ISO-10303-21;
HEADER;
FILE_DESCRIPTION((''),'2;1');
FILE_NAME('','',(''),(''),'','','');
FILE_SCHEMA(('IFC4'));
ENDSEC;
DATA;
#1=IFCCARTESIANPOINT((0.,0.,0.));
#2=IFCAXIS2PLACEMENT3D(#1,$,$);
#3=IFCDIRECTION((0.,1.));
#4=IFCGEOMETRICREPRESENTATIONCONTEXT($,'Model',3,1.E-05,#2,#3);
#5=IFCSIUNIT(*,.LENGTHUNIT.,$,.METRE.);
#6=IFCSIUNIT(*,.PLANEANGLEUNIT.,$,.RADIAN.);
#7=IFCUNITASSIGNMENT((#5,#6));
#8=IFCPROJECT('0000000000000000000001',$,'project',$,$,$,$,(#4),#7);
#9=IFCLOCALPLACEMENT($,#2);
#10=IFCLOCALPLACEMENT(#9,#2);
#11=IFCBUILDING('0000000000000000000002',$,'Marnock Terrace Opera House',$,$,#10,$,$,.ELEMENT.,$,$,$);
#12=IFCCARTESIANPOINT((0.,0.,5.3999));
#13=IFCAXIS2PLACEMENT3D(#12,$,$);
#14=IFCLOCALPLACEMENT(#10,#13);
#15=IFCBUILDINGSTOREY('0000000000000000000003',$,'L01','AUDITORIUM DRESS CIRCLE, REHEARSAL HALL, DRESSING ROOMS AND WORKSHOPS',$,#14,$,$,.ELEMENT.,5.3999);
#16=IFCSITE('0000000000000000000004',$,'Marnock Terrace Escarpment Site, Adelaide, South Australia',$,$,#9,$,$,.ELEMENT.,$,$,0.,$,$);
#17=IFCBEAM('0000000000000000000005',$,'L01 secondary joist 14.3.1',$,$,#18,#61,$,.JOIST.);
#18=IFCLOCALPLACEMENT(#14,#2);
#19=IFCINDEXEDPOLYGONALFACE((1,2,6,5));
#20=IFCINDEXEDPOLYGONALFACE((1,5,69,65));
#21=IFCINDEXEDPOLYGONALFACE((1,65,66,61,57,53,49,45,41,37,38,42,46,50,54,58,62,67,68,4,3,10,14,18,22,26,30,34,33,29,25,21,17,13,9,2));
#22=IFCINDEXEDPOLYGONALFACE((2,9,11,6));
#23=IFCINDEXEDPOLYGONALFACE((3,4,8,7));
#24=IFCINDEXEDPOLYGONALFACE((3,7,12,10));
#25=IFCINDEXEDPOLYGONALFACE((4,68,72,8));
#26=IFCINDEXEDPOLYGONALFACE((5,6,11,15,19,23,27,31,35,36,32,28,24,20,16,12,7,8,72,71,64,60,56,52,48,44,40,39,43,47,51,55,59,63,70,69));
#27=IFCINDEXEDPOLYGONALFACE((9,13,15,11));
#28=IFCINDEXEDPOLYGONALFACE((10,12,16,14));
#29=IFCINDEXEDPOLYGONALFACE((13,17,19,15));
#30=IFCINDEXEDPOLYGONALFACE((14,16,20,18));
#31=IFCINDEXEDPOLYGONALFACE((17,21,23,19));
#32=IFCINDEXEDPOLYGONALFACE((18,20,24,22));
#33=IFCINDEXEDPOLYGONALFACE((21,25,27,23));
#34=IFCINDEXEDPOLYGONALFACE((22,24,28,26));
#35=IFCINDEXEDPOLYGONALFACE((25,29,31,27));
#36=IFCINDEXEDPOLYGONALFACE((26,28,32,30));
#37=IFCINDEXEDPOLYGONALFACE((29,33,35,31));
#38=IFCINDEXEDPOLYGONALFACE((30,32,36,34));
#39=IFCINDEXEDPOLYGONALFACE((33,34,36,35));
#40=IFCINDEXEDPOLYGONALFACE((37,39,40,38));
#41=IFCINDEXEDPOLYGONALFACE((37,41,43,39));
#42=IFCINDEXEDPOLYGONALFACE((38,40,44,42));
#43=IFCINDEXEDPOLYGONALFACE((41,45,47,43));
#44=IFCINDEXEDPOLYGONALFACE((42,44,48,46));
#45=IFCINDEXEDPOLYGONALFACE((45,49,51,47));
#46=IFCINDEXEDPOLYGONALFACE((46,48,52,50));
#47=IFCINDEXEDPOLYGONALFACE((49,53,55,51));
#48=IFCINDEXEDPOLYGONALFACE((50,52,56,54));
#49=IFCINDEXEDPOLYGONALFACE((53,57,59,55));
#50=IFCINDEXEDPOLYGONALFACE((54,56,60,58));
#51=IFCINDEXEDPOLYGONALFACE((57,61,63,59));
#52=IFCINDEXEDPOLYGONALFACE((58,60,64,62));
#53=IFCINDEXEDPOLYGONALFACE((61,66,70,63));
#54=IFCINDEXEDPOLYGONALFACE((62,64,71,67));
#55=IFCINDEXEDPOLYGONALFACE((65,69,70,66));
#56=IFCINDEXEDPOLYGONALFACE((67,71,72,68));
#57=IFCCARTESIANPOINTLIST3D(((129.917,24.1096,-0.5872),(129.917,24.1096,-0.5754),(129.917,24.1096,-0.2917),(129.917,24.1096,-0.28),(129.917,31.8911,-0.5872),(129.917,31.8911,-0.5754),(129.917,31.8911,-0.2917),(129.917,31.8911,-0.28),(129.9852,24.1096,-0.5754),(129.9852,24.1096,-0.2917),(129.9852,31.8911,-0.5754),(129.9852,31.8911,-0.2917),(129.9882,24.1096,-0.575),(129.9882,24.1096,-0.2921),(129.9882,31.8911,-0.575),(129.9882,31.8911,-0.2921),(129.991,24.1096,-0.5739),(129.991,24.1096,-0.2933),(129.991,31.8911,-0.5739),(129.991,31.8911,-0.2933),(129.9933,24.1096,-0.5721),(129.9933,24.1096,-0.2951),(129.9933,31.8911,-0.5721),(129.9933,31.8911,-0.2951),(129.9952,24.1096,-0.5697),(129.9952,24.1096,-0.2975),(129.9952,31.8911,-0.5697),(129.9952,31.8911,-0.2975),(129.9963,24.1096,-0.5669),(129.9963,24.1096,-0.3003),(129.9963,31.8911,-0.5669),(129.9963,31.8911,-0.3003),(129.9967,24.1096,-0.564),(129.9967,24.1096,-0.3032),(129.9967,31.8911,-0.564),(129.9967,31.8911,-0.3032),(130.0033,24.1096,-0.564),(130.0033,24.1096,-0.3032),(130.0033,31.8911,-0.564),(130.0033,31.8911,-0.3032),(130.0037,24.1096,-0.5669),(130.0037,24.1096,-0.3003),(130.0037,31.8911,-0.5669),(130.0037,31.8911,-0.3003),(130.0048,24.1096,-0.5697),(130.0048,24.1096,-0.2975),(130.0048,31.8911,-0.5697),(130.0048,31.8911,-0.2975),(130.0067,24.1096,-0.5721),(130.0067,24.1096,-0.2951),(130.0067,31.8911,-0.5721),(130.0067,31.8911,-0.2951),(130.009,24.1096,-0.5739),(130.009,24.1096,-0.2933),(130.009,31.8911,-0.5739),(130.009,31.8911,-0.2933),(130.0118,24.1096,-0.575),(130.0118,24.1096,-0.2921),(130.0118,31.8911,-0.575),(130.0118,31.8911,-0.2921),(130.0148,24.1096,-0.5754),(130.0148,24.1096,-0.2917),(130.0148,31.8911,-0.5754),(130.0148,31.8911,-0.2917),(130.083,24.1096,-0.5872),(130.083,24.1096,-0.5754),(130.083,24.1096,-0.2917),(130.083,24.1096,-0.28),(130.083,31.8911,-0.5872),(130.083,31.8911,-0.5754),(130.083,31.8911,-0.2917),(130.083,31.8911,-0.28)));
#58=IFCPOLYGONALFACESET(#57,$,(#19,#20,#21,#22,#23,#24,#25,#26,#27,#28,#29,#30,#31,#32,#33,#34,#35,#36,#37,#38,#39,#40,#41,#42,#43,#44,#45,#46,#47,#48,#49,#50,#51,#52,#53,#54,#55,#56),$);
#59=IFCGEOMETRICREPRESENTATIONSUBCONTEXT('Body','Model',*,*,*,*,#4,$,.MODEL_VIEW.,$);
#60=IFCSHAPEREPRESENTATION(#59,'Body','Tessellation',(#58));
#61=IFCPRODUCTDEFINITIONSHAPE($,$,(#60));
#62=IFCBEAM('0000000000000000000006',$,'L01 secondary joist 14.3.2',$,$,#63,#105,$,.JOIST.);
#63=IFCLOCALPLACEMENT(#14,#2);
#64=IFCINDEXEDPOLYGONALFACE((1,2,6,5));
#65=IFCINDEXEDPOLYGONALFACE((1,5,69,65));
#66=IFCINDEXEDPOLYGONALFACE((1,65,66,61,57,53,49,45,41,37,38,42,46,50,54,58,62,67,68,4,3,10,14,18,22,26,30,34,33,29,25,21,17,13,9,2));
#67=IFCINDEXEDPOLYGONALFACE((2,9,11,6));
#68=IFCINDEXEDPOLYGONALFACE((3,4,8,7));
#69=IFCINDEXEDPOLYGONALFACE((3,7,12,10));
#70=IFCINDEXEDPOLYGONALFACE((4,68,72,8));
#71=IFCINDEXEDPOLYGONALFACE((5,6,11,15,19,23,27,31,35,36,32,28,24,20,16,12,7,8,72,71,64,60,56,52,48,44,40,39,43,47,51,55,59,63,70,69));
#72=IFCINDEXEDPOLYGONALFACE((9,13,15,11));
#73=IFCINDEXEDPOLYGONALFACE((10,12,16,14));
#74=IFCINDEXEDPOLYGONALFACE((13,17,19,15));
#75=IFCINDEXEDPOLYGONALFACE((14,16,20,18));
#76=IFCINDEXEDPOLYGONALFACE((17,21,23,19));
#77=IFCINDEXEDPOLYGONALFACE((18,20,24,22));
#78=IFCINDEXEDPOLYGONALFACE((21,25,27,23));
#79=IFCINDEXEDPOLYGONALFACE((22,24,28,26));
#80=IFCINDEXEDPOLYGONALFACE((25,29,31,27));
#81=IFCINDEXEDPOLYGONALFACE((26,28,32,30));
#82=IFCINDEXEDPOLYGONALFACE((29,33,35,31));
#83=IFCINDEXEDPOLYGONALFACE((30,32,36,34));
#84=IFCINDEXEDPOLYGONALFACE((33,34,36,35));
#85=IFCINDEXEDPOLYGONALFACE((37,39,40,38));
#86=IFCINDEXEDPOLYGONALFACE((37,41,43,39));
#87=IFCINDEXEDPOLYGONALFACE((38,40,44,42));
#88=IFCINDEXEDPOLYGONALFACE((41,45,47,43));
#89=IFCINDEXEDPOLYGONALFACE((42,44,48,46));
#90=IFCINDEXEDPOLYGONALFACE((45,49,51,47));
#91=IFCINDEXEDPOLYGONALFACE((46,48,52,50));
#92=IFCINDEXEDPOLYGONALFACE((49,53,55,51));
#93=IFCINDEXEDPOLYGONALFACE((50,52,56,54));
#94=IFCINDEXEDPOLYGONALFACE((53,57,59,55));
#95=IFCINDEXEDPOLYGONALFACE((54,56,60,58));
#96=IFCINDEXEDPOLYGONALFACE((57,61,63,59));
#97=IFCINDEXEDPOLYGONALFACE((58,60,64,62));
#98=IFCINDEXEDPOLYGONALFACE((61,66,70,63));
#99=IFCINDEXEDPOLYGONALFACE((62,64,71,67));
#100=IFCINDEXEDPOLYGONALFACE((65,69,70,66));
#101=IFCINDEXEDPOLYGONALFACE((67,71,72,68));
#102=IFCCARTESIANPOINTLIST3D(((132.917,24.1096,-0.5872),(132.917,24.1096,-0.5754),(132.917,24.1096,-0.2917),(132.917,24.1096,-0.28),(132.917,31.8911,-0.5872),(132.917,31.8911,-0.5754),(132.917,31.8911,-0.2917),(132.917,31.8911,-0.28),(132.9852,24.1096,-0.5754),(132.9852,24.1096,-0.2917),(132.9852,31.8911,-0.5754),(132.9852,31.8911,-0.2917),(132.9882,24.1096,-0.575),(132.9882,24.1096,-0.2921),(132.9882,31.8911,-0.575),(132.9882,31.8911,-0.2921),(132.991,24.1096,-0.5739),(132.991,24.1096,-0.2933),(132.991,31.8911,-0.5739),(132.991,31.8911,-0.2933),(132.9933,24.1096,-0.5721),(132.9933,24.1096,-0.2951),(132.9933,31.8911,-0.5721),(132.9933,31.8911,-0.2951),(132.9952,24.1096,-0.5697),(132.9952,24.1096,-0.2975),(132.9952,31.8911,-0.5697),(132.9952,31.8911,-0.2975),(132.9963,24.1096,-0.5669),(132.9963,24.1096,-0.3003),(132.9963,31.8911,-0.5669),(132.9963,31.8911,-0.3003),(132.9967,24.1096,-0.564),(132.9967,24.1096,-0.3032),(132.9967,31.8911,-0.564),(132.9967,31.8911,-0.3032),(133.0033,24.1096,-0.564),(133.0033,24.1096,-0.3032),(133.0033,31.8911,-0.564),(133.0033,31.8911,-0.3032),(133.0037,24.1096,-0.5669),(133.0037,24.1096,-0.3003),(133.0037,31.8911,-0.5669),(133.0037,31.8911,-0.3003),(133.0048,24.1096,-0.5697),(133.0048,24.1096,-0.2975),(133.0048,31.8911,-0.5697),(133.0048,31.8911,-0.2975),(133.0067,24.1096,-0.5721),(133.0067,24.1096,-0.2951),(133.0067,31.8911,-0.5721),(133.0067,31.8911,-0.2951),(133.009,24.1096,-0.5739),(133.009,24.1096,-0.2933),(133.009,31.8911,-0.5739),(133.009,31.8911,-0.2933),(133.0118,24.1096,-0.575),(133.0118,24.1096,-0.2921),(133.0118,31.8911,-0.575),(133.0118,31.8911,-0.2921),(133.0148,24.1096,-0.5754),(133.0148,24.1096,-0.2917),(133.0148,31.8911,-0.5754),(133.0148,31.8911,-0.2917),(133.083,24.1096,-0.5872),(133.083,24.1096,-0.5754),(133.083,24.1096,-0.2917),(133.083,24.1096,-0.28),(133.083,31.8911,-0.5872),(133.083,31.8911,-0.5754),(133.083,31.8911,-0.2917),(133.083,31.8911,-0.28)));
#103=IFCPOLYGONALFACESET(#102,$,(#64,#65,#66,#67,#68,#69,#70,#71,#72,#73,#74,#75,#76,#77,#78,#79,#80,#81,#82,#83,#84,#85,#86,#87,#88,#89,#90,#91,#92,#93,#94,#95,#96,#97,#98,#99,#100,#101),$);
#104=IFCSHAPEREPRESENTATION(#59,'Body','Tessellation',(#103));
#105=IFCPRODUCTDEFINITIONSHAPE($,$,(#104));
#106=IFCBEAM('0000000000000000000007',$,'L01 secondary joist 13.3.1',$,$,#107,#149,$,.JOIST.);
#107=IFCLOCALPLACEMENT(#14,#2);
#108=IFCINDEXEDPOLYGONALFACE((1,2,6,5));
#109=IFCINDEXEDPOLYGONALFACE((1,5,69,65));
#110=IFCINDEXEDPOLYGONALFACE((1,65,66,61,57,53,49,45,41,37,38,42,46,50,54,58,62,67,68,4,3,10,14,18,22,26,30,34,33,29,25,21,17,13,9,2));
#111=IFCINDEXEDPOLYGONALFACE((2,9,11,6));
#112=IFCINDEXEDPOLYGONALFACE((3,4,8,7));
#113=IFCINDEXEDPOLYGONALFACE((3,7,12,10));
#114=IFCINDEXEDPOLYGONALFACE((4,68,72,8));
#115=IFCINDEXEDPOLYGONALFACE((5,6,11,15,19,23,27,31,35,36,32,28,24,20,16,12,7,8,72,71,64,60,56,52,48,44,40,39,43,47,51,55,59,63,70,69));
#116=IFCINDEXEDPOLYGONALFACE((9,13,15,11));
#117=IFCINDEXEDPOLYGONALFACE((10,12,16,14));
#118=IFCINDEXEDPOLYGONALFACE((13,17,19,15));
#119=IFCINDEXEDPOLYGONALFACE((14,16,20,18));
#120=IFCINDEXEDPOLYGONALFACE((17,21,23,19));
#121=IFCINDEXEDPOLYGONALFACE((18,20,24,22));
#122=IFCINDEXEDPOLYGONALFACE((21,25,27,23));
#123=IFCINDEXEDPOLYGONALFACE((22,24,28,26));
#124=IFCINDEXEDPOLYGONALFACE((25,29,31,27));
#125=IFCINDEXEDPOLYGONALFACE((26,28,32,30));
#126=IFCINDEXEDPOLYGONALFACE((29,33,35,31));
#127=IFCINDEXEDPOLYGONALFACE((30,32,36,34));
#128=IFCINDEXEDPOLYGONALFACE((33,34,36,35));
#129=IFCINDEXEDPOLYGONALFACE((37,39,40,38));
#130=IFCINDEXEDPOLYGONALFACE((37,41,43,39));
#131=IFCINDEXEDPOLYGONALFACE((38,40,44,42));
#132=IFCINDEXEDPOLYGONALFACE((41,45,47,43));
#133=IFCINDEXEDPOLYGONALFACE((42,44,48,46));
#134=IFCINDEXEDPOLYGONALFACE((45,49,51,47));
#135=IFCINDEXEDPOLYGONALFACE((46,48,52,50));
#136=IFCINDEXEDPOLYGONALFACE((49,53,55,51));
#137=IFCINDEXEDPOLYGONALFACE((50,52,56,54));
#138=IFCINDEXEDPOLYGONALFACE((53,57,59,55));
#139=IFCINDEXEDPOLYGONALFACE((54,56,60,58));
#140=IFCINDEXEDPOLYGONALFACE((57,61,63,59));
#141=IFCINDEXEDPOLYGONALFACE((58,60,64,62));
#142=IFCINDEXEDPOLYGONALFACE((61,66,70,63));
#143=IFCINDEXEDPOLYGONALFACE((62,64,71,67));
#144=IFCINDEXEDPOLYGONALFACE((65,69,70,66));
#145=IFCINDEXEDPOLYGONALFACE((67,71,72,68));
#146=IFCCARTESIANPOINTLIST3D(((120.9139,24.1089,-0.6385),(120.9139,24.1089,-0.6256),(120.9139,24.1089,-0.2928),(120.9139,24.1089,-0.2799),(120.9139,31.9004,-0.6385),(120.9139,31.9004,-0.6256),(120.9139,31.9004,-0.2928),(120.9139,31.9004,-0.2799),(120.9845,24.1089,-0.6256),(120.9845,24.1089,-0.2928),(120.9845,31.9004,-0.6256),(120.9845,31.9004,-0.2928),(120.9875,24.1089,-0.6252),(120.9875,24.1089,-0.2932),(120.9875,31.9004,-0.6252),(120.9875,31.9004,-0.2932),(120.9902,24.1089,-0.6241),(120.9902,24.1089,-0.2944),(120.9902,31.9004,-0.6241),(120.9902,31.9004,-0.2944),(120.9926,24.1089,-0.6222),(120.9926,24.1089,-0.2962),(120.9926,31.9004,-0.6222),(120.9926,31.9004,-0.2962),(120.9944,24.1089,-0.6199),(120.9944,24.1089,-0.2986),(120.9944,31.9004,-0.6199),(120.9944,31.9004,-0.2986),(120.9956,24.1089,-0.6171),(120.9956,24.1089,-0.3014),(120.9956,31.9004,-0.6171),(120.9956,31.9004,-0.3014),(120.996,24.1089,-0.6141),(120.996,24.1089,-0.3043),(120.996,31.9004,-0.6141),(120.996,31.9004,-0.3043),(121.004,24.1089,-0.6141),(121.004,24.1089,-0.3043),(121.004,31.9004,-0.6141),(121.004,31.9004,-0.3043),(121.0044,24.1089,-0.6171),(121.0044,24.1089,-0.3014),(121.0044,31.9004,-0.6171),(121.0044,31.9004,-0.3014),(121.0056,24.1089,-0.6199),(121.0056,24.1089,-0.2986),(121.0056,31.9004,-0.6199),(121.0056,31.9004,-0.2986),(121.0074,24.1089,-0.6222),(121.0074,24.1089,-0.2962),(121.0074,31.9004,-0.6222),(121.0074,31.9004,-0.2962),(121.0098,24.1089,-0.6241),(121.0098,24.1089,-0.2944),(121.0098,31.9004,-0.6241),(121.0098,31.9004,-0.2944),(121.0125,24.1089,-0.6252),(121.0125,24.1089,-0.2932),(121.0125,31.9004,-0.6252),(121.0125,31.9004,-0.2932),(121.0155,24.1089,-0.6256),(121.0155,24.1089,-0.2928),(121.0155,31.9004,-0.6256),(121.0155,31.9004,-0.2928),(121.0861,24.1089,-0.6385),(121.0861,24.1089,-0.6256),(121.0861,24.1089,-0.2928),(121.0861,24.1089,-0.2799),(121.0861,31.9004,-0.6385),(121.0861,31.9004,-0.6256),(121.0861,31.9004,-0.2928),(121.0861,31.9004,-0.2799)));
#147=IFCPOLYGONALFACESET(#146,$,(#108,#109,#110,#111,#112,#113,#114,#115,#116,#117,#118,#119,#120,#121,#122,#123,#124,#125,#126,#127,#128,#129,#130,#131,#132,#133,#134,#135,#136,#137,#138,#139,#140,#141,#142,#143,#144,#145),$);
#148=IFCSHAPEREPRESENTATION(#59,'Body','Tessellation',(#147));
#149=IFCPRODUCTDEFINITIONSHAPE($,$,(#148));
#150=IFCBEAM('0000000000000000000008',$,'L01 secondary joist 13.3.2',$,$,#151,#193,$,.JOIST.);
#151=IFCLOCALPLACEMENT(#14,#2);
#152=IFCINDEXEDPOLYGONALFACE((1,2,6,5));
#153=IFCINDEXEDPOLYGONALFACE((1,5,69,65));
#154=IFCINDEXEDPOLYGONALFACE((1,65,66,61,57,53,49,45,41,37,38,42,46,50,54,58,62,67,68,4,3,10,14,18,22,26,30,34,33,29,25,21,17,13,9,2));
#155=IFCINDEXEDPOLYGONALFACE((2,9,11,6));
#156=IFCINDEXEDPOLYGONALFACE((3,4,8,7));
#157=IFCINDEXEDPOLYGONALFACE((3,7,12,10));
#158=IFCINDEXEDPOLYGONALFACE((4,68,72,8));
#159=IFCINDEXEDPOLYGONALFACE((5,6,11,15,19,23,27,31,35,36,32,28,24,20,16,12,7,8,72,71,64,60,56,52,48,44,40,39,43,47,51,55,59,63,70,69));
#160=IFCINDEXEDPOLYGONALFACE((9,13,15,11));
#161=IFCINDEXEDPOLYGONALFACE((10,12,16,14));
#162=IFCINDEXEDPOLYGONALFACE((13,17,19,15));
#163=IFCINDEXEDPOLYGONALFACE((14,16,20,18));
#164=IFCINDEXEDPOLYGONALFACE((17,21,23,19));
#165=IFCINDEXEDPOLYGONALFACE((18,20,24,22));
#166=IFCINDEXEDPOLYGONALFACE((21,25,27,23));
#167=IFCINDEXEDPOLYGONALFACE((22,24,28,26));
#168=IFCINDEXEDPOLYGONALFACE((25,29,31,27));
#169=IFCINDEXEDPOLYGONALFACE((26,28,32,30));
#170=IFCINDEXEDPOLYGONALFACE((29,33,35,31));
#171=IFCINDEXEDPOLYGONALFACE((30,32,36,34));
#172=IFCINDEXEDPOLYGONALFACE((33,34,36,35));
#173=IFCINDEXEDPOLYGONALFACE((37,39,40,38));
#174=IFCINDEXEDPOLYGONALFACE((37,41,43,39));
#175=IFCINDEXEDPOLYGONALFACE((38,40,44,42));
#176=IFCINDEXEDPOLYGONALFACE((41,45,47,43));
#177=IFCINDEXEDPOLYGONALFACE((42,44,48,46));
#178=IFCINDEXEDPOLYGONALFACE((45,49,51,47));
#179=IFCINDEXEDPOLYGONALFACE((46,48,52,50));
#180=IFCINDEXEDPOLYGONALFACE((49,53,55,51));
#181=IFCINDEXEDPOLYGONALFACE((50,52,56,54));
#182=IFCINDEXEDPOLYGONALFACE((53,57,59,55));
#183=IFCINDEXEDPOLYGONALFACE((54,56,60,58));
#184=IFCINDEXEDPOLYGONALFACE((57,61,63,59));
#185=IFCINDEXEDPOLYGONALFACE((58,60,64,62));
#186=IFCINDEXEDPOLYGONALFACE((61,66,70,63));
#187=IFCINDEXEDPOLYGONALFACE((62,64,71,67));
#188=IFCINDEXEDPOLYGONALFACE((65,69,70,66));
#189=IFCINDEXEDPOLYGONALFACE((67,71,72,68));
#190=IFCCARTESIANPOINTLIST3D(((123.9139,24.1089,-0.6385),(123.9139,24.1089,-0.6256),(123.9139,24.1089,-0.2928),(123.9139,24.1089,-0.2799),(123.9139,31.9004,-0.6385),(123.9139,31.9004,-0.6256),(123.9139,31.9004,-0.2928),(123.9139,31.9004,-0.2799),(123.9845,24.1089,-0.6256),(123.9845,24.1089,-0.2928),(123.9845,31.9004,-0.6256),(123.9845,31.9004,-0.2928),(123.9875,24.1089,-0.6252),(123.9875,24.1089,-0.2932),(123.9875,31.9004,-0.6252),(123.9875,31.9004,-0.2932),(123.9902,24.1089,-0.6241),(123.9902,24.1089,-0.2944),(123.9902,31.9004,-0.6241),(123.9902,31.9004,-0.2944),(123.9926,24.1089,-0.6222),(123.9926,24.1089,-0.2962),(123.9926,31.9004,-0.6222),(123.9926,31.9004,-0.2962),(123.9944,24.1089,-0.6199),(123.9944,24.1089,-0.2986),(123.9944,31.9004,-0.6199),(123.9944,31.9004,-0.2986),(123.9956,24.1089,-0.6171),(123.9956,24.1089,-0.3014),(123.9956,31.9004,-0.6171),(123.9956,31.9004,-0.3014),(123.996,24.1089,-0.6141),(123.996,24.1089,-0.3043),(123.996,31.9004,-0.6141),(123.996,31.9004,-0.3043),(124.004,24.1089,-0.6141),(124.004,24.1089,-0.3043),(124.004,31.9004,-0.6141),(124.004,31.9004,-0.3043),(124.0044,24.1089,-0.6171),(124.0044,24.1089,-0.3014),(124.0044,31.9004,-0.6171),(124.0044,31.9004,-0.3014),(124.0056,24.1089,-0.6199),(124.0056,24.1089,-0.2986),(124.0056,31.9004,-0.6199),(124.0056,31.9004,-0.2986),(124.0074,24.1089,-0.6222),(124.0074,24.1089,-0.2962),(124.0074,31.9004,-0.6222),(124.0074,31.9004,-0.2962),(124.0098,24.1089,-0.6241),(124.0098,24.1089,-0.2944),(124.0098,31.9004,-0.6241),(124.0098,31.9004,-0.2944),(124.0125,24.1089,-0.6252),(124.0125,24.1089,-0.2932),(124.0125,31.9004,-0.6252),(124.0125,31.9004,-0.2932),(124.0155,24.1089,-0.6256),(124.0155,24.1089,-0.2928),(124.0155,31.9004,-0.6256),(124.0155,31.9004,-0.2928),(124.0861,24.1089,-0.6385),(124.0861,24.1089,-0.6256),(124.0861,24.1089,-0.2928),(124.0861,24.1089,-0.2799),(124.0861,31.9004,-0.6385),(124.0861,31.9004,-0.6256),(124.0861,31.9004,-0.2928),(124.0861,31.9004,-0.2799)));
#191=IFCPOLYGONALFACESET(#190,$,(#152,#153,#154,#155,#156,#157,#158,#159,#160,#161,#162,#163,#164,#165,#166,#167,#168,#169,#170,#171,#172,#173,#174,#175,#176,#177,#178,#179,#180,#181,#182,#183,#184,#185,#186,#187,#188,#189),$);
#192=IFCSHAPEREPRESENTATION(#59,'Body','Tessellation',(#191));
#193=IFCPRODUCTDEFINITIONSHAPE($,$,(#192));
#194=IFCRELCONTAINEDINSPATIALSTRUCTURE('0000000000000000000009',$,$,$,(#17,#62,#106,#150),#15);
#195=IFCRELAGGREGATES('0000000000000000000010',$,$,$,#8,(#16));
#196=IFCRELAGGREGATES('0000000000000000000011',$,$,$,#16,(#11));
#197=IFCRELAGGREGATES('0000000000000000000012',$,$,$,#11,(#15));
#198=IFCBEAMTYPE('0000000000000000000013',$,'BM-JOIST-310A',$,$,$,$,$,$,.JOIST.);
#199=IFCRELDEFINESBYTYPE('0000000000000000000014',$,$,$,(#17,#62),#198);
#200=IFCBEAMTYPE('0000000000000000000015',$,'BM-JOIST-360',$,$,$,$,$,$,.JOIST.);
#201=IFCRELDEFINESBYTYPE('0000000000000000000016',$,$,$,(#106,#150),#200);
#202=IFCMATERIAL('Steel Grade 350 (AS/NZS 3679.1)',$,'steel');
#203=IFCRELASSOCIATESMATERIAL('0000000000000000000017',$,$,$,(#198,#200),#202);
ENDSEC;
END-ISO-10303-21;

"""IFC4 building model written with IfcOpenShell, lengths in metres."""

from ifc_helpers import new_model, si_unit, direction, frame, origin, origin_2d, place, context, subcontext, project, spatial, i_section, extrude, material, material_profile, profile_set, type_object, element, save


model = new_model("IFC4")

# Units and contexts
model_context = context("Model", 3, precision=1e-05, world=origin(), true_north=direction((0.0, 1.0)))
body_context = subcontext(model_context, "Body", "Model", "MODEL_VIEW")
ifc_project = project(units=[si_unit("LENGTHUNIT", "METRE"), si_unit("PLANEANGLEUNIT", "RADIAN")], contexts=[model_context])

# Site, building, storey
site_placement = place(None, origin())
site = spatial("IfcSite", under=ifc_project, at=site_placement, Name="Marnock Terrace Escarpment Site, Adelaide, South Australia", CompositionType="ELEMENT", RefElevation=0.0)
building_placement = place(site_placement, origin())
building = spatial("IfcBuilding", under=site, at=building_placement, Name="Marnock Terrace Opera House", CompositionType="ELEMENT")
storey_placement = place(building_placement, frame((0.0, 0.0, 5.3999)))
storey = spatial("IfcBuildingStorey", under=building, at=storey_placement, Name="L01", Description="AUDITORIUM DRESS CIRCLE, REHEARSAL HALL, DRESSING ROOMS AND WORKSHOPS", CompositionType="ELEMENT", Elevation=5.3999)

# Beams
ifc_material_1 = material(Name="Steel Grade 350 (AS/NZS 3679.1)", Category="steel")
ifc_material_profile_1 = material_profile(ifc_material_1, i_section(OverallWidth=0.166, OverallDepth=0.3071, WebThickness=0.0066, FlangeThickness=0.0117, FilletRadius=0.0115, at=origin_2d()))
ifc_profile_set_1 = profile_set([ifc_material_profile_1], Name="Steel Grade 350 (AS/NZS 3679.1)")
beam_type_1 = type_object("IfcBeamType", Name="BM-JOIST-310A", PredefinedType="JOIST", material=ifc_profile_set_1)
for number, where, z_axis, x_axis, name in (
    (1, (130.0, 24.1096, -0.4336), (0.0, 1.0, 0.0), (-1.0, 0.0, 0.0), "L01 secondary joist 14.3.1"),
    (2, (133.0, 24.1096, -0.4336), (0.0, 1.0, 0.0), (-1.0, 0.0, 0.0), "L01 secondary joist 14.3.2"),
):
    element("IfcBeam", number, at=place(storey_placement, frame(where, z_axis=z_axis, x_axis=x_axis)), inside=storey, type_object=beam_type_1, Name=name, PredefinedType="JOIST", context=body_context, shape_type="SweptSolid", body=[
        extrude(i_section(OverallWidth=0.166, OverallDepth=0.3071, WebThickness=0.0066, FlangeThickness=0.0117, FilletRadius=0.0115, at=origin_2d()), origin(), (0.0, 0.0, 1.0), 7.7815),
    ])
ifc_material_profile_2 = material_profile(ifc_material_1, i_section(OverallWidth=0.1721, OverallDepth=0.3586, WebThickness=0.0081, FlangeThickness=0.0129, FilletRadius=0.0115, at=origin_2d()))
ifc_profile_set_2 = profile_set([ifc_material_profile_2], Name="Steel Grade 350 (AS/NZS 3679.1)")
beam_type_2 = type_object("IfcBeamType", Name="BM-JOIST-360", PredefinedType="JOIST", material=ifc_profile_set_2)
for number, where, z_axis, x_axis, name in (
    (3, (121.0, 24.1089, -0.4592), (0.0, 1.0, 0.0), (-1.0, 0.0, 0.0), "L01 secondary joist 13.3.1"),
    (4, (124.0, 24.1089, -0.4592), (0.0, 1.0, 0.0), (-1.0, 0.0, 0.0), "L01 secondary joist 13.3.2"),
):
    element("IfcBeam", number, at=place(storey_placement, frame(where, z_axis=z_axis, x_axis=x_axis)), inside=storey, type_object=beam_type_2, Name=name, PredefinedType="JOIST", context=body_context, shape_type="SweptSolid", body=[
        extrude(i_section(OverallWidth=0.1721, OverallDepth=0.3586, WebThickness=0.0081, FlangeThickness=0.0129, FilletRadius=0.0115, at=origin_2d()), origin(), (0.0, 0.0, 1.0), 7.7915),
    ])

save(model, "model.ifc")
